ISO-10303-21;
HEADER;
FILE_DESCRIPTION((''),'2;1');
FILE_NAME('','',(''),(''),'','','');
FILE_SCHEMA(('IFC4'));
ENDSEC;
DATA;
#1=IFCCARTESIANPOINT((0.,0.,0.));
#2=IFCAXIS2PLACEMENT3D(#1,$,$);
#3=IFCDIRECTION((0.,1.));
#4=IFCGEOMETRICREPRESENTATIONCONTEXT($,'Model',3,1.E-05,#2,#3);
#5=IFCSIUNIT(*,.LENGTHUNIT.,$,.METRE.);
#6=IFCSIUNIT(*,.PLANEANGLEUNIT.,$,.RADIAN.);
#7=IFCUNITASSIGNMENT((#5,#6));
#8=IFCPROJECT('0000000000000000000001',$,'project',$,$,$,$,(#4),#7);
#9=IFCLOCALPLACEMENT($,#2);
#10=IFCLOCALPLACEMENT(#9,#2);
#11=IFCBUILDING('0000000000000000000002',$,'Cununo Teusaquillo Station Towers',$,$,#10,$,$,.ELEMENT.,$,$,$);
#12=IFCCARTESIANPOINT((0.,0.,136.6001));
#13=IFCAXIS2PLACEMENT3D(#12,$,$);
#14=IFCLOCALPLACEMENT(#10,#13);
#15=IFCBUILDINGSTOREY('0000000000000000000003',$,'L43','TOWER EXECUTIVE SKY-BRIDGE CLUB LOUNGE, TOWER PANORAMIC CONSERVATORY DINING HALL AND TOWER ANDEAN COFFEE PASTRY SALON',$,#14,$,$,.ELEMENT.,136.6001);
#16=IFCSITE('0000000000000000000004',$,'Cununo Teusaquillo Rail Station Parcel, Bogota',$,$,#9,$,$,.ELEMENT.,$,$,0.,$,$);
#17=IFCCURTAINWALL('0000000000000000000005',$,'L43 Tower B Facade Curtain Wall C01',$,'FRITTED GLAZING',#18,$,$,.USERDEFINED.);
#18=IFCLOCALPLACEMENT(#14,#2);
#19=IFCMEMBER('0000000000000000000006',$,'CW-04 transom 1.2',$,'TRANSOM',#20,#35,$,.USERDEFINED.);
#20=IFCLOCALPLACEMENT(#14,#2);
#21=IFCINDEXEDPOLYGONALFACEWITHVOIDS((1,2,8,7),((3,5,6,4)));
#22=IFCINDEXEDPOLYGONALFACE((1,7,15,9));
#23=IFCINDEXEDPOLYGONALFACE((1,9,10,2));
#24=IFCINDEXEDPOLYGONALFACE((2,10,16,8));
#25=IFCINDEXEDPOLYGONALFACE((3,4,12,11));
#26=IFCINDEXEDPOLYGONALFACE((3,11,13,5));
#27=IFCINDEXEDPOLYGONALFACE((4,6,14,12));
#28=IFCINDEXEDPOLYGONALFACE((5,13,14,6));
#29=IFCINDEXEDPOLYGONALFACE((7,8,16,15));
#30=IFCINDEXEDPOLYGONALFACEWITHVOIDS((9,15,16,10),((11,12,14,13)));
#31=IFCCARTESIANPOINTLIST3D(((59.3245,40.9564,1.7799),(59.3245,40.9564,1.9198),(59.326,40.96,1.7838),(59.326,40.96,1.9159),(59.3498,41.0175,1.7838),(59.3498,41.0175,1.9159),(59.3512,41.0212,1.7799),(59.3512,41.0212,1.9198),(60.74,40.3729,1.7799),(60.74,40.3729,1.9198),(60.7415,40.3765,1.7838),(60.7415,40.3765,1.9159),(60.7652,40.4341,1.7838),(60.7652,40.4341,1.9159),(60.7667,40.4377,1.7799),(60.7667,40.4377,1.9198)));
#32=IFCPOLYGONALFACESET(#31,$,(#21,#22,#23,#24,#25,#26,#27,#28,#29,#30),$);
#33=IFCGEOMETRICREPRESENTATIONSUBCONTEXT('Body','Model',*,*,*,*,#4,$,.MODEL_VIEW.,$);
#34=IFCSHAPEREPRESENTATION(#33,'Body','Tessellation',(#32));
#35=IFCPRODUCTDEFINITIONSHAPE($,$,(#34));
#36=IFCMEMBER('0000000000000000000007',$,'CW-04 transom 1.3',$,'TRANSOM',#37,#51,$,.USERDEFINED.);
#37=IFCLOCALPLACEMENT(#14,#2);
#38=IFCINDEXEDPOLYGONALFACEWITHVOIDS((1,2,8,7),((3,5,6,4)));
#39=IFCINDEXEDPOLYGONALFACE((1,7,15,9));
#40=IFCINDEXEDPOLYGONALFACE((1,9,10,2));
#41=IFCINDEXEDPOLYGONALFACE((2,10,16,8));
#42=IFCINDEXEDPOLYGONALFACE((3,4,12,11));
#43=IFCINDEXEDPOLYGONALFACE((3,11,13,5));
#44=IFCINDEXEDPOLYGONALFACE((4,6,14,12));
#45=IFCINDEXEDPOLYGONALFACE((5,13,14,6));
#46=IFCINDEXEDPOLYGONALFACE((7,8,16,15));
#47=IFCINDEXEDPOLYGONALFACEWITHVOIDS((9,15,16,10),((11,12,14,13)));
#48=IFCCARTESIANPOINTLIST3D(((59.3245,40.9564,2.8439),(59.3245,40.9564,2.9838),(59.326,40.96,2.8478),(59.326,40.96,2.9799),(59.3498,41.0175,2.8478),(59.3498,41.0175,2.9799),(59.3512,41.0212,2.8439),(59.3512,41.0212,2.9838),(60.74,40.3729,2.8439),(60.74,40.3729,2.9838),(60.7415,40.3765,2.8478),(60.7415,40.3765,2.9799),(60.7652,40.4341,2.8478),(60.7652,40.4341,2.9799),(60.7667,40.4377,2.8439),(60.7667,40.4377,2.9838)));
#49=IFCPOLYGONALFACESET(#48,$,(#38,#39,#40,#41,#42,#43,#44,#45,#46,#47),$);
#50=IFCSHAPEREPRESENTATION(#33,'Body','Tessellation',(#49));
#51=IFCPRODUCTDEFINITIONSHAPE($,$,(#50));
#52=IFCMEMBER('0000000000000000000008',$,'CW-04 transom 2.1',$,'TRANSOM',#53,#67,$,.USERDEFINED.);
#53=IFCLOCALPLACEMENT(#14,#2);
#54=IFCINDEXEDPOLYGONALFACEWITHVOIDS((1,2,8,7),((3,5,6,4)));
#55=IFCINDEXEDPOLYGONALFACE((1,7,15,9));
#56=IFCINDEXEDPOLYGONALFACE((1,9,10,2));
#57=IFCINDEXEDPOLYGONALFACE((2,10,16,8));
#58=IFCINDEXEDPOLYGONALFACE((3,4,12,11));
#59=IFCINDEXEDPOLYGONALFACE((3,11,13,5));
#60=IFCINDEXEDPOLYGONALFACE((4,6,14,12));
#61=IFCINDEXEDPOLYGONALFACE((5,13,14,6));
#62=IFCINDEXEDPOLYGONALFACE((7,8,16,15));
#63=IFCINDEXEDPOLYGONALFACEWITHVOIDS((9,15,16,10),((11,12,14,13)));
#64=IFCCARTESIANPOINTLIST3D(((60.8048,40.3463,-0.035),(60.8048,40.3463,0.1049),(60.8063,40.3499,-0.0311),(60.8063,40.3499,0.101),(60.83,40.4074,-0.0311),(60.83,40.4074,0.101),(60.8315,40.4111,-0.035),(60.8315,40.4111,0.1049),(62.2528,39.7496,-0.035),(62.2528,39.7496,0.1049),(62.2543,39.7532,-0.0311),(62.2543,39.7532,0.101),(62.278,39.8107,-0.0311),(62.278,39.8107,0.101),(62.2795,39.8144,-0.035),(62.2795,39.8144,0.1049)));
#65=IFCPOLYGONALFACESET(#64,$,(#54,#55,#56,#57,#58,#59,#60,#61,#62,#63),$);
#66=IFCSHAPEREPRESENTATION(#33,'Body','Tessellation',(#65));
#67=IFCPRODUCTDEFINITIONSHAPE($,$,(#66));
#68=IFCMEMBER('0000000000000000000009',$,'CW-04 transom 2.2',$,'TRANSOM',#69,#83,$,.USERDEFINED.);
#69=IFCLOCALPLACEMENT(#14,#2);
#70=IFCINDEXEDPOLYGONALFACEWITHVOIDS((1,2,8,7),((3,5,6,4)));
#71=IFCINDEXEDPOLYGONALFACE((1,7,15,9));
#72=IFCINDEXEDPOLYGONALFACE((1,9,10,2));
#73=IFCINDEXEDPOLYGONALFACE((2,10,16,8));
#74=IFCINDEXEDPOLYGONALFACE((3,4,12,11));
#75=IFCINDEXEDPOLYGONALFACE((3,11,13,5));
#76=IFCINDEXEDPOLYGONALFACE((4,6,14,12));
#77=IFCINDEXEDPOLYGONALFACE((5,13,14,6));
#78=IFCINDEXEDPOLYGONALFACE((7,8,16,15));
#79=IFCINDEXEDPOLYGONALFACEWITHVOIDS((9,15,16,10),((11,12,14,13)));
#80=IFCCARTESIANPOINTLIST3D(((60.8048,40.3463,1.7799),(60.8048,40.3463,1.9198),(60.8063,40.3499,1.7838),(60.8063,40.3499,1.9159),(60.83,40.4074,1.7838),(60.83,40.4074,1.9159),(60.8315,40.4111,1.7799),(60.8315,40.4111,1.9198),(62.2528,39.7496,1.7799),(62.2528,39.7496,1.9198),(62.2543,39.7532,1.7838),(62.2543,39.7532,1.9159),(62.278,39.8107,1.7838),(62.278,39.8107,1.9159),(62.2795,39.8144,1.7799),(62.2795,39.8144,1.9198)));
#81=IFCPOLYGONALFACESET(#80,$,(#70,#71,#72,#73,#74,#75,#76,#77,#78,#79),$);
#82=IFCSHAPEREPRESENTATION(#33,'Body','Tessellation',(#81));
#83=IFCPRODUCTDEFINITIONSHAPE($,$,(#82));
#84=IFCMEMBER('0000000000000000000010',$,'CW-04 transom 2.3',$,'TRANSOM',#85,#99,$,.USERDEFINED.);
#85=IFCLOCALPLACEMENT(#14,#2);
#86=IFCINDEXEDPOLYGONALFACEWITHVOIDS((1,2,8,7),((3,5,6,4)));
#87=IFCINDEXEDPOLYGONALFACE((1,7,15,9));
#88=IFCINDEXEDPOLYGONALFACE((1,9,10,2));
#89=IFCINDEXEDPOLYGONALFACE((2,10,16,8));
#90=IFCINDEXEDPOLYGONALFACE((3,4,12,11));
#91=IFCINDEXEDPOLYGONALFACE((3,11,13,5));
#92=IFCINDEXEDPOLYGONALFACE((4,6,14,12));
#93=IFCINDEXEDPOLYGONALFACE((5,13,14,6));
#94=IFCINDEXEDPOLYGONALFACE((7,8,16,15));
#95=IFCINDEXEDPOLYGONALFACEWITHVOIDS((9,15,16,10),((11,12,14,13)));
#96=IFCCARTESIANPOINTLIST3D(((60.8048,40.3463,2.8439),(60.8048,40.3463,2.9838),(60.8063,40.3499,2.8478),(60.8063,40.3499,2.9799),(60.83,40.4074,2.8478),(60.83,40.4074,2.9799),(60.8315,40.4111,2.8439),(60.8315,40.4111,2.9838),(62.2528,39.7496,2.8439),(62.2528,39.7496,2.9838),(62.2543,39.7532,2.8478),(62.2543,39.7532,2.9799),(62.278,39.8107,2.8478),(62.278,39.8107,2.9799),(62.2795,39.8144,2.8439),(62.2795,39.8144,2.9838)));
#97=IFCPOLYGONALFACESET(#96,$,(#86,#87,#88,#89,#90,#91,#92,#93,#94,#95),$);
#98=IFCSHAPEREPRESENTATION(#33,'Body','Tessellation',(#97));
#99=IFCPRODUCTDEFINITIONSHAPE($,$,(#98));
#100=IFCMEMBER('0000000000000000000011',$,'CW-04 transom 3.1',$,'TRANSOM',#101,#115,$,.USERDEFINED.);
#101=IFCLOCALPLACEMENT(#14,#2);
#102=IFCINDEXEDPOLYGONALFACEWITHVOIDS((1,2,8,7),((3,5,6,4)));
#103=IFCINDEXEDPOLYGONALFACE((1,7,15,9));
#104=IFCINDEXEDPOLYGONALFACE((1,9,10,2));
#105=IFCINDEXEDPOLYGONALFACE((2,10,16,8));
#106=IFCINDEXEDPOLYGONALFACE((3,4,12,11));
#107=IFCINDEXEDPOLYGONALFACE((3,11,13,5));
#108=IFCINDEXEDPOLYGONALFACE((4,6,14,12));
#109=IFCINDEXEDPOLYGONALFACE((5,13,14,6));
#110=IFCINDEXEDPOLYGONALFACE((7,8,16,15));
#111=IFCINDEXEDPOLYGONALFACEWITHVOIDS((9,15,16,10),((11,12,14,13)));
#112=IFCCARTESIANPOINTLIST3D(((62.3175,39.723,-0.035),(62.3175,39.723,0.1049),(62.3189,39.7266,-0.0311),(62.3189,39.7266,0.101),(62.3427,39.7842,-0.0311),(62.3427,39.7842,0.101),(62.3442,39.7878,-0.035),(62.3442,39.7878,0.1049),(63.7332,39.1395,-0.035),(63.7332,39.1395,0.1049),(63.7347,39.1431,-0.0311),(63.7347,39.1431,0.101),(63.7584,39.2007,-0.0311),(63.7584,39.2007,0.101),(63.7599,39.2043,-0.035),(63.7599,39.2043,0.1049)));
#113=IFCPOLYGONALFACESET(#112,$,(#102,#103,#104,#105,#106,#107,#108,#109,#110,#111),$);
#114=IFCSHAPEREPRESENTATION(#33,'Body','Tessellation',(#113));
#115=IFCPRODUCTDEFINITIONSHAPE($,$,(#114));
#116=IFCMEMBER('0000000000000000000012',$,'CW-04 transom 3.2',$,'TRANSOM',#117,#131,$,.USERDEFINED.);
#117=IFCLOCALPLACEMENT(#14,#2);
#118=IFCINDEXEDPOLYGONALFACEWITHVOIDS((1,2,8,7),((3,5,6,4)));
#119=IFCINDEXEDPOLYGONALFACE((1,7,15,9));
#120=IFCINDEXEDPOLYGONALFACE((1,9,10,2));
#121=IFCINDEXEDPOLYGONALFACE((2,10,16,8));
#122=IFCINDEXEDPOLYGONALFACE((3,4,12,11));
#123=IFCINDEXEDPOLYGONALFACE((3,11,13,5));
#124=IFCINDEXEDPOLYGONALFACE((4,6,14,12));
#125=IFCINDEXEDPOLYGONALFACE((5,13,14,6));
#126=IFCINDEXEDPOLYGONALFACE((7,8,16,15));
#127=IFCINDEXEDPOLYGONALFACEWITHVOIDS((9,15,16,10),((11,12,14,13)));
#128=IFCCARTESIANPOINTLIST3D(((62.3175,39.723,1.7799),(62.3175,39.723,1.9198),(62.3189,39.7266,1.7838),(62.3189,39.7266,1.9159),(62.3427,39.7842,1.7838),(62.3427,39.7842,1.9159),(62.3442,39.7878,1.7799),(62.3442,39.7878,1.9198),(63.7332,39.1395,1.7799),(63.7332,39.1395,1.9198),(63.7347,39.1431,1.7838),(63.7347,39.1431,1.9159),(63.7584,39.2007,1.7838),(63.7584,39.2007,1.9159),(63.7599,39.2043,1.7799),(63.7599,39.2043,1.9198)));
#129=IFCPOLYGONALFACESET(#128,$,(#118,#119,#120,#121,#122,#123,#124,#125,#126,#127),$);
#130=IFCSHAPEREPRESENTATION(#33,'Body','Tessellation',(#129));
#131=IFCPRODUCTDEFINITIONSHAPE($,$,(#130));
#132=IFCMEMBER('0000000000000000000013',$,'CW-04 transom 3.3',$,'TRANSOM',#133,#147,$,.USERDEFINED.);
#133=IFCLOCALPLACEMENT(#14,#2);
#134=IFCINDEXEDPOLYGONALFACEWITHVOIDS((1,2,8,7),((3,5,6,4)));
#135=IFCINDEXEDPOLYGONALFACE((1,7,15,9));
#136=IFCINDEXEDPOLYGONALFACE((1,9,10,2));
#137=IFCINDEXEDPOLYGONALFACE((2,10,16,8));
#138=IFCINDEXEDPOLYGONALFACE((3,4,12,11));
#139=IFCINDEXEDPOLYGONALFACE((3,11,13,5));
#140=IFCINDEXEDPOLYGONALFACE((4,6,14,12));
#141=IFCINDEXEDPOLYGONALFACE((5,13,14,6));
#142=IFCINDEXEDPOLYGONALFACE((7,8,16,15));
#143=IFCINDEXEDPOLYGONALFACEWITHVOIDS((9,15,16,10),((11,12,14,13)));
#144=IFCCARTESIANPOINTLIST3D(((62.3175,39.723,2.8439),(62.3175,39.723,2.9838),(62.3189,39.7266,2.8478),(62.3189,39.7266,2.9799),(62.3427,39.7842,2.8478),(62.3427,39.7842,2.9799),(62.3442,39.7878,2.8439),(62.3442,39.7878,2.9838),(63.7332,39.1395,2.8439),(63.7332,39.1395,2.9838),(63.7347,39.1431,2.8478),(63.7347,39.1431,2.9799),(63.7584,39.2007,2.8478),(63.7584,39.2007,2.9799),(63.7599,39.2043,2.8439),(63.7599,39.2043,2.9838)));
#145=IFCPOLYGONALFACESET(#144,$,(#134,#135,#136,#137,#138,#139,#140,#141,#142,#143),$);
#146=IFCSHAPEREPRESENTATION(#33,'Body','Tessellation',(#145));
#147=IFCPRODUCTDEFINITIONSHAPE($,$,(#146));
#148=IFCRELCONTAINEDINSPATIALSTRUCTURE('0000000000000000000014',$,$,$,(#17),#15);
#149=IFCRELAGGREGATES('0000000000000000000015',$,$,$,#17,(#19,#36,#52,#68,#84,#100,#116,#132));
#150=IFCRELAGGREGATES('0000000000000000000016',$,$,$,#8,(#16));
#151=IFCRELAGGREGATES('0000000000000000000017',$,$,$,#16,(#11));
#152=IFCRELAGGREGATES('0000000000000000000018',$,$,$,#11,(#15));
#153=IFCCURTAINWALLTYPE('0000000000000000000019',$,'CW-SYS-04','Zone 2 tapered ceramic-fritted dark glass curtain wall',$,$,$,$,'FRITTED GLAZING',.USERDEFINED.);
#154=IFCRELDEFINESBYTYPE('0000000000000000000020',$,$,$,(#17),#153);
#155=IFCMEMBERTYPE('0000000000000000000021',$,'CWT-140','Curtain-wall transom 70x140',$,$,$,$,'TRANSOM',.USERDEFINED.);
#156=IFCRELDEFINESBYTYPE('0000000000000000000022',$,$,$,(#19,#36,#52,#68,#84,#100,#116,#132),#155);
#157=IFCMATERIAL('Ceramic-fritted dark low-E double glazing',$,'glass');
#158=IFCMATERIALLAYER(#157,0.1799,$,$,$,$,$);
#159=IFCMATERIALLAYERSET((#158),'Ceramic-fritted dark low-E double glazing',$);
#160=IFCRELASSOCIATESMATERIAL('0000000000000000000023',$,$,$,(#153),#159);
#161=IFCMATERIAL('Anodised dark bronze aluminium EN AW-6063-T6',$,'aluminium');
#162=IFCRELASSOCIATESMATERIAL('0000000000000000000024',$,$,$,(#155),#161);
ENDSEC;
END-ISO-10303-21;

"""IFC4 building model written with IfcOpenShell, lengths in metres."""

from ifc_helpers import new_model, si_unit, direction, frame, origin, origin_2d, place, context, subcontext, project, spatial, hollow_rectangle, extrude, material, layer, layer_set, material_profile, profile_set, type_object, element, aggregate, save


model = new_model("IFC4")

# Units and contexts
model_context = context("Model", 3, precision=1e-05, world=origin(), true_north=direction((0.0, 1.0)))
body_context = subcontext(model_context, "Body", "Model", "MODEL_VIEW")
ifc_project = project(units=[si_unit("LENGTHUNIT", "METRE"), si_unit("PLANEANGLEUNIT", "RADIAN")], contexts=[model_context])

# Site, building, storey
site_placement = place(None, origin())
site = spatial("IfcSite", under=ifc_project, at=site_placement, Name="Cununo Teusaquillo Rail Station Parcel, Bogota", CompositionType="ELEMENT", RefElevation=0.0)
building_placement = place(site_placement, origin())
building = spatial("IfcBuilding", under=site, at=building_placement, Name="Cununo Teusaquillo Station Towers", CompositionType="ELEMENT")
storey_placement = place(building_placement, frame((0.0, 0.0, 136.6001)))
storey = spatial("IfcBuildingStorey", under=building, at=storey_placement, Name="L43", Description="TOWER EXECUTIVE SKY-BRIDGE CLUB LOUNGE, TOWER PANORAMIC CONSERVATORY DINING HALL AND TOWER ANDEAN COFFEE PASTRY SALON", CompositionType="ELEMENT", Elevation=136.6001)

# Curtain wall, members
ifc_material_1 = material(Name="Ceramic-fritted dark low-E double glazing", Category="glass")
ifc_layer_1 = layer(ifc_material_1, 0.1799)
ifc_layer_set_1 = layer_set([ifc_layer_1], Name="Ceramic-fritted dark low-E double glazing")
curtain_wall_type = type_object("IfcCurtainWallType", Name="CW-SYS-04", Description="Zone 2 tapered ceramic-fritted dark glass curtain wall", ElementType="FRITTED GLAZING", PredefinedType="USERDEFINED", material=ifc_layer_set_1)
curtain_wall_placement = place(storey_placement, origin())
curtain_wall = element("IfcCurtainWall", 1, at=curtain_wall_placement, inside=storey, type_object=curtain_wall_type, Name="L43 Tower B Facade Curtain Wall C01", ObjectType="FRITTED GLAZING", PredefinedType="USERDEFINED")
ifc_material_2 = material(Name="Anodised dark bronze aluminium EN AW-6063-T6", Category="aluminium")
ifc_material_profile_1 = material_profile(ifc_material_2, hollow_rectangle(XDim=0.0701, YDim=0.1399, WallThickness=0.0039, at=origin_2d()), Name="CW-TRAN-70x140")
ifc_profile_set_1 = profile_set([ifc_material_profile_1], Name="Anodised dark bronze aluminium EN AW-6063-T6")
member_type_1 = type_object("IfcMemberType", Name="CWT-140", Description="Curtain-wall transom 70x140", ElementType="TRANSOM", PredefinedType="USERDEFINED", material=ifc_profile_set_1)
member_1_placement = place(storey_placement, frame((59.3379, 40.9888, 1.8499), z_axis=(0.924533, -0.381103, 0.0), x_axis=(0.381103, 0.924533, 0.0)))
member_1 = element("IfcMember", 2, at=member_1_placement, type_object=member_type_1, Name="CW-04 transom 1.2", ObjectType="TRANSOM", PredefinedType="USERDEFINED", context=body_context, shape_type="SweptSolid", body=[
    extrude(hollow_rectangle(XDim=0.0701, YDim=0.1399, WallThickness=0.0039, at=origin_2d()), origin(), (0.0, 0.0, 1.0), 1.531),
])
member_2_placement = place(storey_placement, frame((59.3379, 40.9888, 2.9138), z_axis=(0.924533, -0.381103, 0.0), x_axis=(0.381103, 0.924533, 0.0)))
member_2 = element("IfcMember", 3, at=member_2_placement, type_object=member_type_1, Name="CW-04 transom 1.3", ObjectType="TRANSOM", PredefinedType="USERDEFINED", context=body_context, shape_type="SweptSolid", body=[
    extrude(hollow_rectangle(XDim=0.0701, YDim=0.1399, WallThickness=0.0039, at=origin_2d()), origin(), (0.0, 0.0, 1.0), 1.531),
])
member_3_placement = place(storey_placement, frame((60.8181, 40.3787, 0.0349), z_axis=(0.924578, -0.380993, 0.0), x_axis=(0.380993, 0.924578, 0.0)))
member_3 = element("IfcMember", 4, at=member_3_placement, type_object=member_type_1, Name="CW-04 transom 2.1", ObjectType="TRANSOM", PredefinedType="USERDEFINED", context=body_context, shape_type="SweptSolid", body=[
    extrude(hollow_rectangle(XDim=0.0701, YDim=0.1399, WallThickness=0.0039, at=origin_2d()), origin(), (0.0, 0.0, 1.0), 1.5662),
])
member_4_placement = place(storey_placement, frame((60.8181, 40.3787, 1.8499), z_axis=(0.924578, -0.380993, 0.0), x_axis=(0.380993, 0.924578, 0.0)))
member_4 = element("IfcMember", 5, at=member_4_placement, type_object=member_type_1, Name="CW-04 transom 2.2", ObjectType="TRANSOM", PredefinedType="USERDEFINED", context=body_context, shape_type="SweptSolid", body=[
    extrude(hollow_rectangle(XDim=0.0701, YDim=0.1399, WallThickness=0.0039, at=origin_2d()), origin(), (0.0, 0.0, 1.0), 1.5662),
])
member_5_placement = place(storey_placement, frame((60.8181, 40.3787, 2.9138), z_axis=(0.924578, -0.380993, 0.0), x_axis=(0.380993, 0.924578, 0.0)))
member_5 = element("IfcMember", 6, at=member_5_placement, type_object=member_type_1, Name="CW-04 transom 2.3", ObjectType="TRANSOM", PredefinedType="USERDEFINED", context=body_context, shape_type="SweptSolid", body=[
    extrude(hollow_rectangle(XDim=0.0701, YDim=0.1399, WallThickness=0.0039, at=origin_2d()), origin(), (0.0, 0.0, 1.0), 1.5662),
])
member_6_placement = place(storey_placement, frame((62.3308, 39.7554, 0.0349), z_axis=(0.924556, -0.381046, 0.0), x_axis=(0.381046, 0.924556, 0.0)))
member_6 = element("IfcMember", 7, at=member_6_placement, type_object=member_type_1, Name="CW-04 transom 3.1", ObjectType="TRANSOM", PredefinedType="USERDEFINED", context=body_context, shape_type="SweptSolid", body=[
    extrude(hollow_rectangle(XDim=0.0701, YDim=0.1399, WallThickness=0.0039, at=origin_2d()), origin(), (0.0, 0.0, 1.0), 1.5312),
])
member_7_placement = place(storey_placement, frame((62.3308, 39.7554, 1.8499), z_axis=(0.924556, -0.381046, 0.0), x_axis=(0.381046, 0.924556, 0.0)))
member_7 = element("IfcMember", 8, at=member_7_placement, type_object=member_type_1, Name="CW-04 transom 3.2", ObjectType="TRANSOM", PredefinedType="USERDEFINED", context=body_context, shape_type="SweptSolid", body=[
    extrude(hollow_rectangle(XDim=0.0701, YDim=0.1399, WallThickness=0.0039, at=origin_2d()), origin(), (0.0, 0.0, 1.0), 1.5312),
])
member_8_placement = place(storey_placement, frame((62.3308, 39.7554, 2.9138), z_axis=(0.924556, -0.381046, 0.0), x_axis=(0.381046, 0.924556, 0.0)))
member_8 = element("IfcMember", 9, at=member_8_placement, type_object=member_type_1, Name="CW-04 transom 3.3", ObjectType="TRANSOM", PredefinedType="USERDEFINED", context=body_context, shape_type="SweptSolid", body=[
    extrude(hollow_rectangle(XDim=0.0701, YDim=0.1399, WallThickness=0.0039, at=origin_2d()), origin(), (0.0, 0.0, 1.0), 1.5312),
])

aggregate(curtain_wall, [member_1, member_2, member_3, member_4, member_5, member_6, member_7, member_8])

save(model, "model.ifc")
